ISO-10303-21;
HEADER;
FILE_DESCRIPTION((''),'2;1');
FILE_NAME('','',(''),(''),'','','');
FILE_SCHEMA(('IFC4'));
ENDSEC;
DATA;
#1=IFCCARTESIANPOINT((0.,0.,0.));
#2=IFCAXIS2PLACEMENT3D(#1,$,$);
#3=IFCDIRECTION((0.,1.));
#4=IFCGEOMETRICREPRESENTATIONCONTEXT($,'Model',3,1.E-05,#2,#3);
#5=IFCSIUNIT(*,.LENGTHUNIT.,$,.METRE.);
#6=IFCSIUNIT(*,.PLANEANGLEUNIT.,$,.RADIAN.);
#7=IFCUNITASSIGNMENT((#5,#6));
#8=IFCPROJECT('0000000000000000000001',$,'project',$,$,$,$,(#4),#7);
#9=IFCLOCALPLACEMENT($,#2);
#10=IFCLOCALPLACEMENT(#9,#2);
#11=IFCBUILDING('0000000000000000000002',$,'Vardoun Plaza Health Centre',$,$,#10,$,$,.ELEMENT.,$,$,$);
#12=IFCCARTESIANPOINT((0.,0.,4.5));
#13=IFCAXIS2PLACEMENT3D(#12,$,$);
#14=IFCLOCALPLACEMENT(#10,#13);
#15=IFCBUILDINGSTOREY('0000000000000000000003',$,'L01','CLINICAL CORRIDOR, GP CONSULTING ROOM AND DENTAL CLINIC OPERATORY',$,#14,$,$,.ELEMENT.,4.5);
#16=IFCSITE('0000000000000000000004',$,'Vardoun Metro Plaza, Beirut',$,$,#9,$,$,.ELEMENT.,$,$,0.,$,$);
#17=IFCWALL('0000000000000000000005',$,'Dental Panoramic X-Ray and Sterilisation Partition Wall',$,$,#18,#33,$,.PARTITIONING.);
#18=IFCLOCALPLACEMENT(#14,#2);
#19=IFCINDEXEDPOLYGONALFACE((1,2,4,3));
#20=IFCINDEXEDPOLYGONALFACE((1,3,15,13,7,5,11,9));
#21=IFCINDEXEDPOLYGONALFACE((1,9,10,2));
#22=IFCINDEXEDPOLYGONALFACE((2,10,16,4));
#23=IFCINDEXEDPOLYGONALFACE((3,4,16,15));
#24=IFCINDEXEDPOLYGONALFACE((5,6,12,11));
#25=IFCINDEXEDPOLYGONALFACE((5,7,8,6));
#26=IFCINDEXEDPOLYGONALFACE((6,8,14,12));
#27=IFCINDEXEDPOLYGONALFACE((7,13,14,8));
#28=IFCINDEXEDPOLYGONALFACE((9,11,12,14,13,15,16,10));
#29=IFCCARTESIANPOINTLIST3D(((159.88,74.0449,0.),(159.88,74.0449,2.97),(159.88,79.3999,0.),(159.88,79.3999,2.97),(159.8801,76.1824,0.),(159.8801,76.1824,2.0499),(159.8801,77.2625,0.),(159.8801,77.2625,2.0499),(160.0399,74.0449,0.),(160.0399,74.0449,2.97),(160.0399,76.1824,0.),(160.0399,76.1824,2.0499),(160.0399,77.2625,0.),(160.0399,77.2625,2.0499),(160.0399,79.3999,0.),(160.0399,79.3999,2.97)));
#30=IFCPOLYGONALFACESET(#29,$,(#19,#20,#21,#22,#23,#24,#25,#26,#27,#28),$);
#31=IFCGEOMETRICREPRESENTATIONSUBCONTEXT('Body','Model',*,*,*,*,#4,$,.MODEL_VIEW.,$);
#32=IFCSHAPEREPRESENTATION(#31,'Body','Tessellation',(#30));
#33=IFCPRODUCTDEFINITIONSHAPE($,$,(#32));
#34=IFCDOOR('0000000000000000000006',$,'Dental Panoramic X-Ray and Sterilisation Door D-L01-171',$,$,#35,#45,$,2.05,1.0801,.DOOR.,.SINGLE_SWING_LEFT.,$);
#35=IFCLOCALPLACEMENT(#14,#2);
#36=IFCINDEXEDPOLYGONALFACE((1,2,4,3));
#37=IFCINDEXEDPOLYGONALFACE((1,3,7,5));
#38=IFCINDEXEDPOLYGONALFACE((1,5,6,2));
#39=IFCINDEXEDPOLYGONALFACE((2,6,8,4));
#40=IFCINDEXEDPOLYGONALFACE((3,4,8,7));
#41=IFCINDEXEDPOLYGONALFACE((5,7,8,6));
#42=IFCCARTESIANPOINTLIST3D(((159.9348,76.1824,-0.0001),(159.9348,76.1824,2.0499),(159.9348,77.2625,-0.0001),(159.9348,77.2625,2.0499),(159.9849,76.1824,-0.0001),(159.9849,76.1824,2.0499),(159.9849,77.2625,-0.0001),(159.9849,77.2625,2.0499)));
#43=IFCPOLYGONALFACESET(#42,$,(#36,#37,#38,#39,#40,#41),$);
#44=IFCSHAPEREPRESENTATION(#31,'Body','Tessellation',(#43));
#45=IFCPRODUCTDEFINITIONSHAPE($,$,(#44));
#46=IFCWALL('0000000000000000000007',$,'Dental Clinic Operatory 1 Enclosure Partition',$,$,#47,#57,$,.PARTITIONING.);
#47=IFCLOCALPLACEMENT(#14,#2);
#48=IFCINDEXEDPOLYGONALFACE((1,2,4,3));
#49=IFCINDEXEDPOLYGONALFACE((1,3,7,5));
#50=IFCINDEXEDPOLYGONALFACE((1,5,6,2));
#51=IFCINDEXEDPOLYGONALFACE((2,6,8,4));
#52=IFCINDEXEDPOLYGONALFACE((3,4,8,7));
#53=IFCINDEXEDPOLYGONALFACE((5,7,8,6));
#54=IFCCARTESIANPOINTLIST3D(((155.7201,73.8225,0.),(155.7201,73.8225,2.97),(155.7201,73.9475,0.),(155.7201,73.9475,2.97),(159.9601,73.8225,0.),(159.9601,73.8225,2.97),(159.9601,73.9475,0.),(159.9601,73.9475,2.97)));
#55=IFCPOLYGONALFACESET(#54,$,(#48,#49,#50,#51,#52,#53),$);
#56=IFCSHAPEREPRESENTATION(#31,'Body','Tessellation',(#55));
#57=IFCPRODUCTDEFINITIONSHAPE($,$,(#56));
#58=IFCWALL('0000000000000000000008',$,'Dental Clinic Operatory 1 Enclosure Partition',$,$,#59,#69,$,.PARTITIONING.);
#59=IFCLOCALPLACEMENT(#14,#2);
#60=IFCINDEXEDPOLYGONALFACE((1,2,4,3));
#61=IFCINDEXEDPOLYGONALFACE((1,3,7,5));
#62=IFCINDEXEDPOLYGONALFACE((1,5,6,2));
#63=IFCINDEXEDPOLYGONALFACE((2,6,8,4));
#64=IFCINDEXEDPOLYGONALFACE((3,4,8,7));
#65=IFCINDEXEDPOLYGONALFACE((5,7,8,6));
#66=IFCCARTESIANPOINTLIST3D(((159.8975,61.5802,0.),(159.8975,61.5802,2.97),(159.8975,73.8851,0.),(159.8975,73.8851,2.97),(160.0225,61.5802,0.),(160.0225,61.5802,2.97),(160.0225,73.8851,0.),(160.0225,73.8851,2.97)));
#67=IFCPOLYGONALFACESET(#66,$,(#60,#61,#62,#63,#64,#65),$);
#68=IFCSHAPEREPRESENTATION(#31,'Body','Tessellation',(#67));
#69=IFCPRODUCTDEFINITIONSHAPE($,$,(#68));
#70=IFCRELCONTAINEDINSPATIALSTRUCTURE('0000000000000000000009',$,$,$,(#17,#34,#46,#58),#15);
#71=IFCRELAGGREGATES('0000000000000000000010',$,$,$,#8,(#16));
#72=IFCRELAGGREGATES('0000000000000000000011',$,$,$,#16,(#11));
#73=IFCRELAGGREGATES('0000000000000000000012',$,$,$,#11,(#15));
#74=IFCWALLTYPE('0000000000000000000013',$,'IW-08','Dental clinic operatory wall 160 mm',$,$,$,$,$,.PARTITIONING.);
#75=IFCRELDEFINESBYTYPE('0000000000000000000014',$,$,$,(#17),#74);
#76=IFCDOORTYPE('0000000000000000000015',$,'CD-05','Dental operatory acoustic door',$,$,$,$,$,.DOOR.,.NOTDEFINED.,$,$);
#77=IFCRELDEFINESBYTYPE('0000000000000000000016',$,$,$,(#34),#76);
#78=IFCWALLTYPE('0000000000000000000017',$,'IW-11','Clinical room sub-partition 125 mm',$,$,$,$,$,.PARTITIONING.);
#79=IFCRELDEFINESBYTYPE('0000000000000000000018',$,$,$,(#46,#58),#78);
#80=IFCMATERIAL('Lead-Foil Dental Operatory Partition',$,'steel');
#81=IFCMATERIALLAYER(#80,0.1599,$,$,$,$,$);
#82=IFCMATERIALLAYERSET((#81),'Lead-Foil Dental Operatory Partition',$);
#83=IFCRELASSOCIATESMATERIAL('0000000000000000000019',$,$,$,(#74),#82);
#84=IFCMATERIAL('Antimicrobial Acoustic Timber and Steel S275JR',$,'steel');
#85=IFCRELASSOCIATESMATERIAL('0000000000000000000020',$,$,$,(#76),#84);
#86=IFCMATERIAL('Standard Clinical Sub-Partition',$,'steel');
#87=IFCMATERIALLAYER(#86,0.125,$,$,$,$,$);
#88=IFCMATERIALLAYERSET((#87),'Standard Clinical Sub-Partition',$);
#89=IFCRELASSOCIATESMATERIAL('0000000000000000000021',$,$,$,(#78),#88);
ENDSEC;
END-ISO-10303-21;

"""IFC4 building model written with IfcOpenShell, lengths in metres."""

from ifc_helpers import new_model, si_unit, direction, frame, frame_2d, origin, place, context, subcontext, project, spatial, rectangle, extrude, material, layer, layer_set, type_object, element, fill, save


model = new_model("IFC4")

# Units and contexts
model_context = context("Model", 3, precision=1e-05, world=origin(), true_north=direction((0.0, 1.0)))
body_context = subcontext(model_context, "Body", "Model", "MODEL_VIEW")
ifc_project = project(units=[si_unit("LENGTHUNIT", "METRE"), si_unit("PLANEANGLEUNIT", "RADIAN")], contexts=[model_context])

# Site, building, storey
site_placement = place(None, origin())
site = spatial("IfcSite", under=ifc_project, at=site_placement, Name="Vardoun Metro Plaza, Beirut", CompositionType="ELEMENT", RefElevation=0.0)
building_placement = place(site_placement, origin())
building = spatial("IfcBuilding", under=site, at=building_placement, Name="Vardoun Plaza Health Centre", CompositionType="ELEMENT")
storey_placement = place(building_placement, frame((0.0, 0.0, 4.5)))
storey = spatial("IfcBuildingStorey", under=building, at=storey_placement, Name="L01", Description="CLINICAL CORRIDOR, GP CONSULTING ROOM AND DENTAL CLINIC OPERATORY", CompositionType="ELEMENT", Elevation=4.5)

# Wall, opening, door
ifc_material_1 = material(Name="Lead-Foil Dental Operatory Partition", Category="steel")
ifc_layer_1 = layer(ifc_material_1, 0.1599)
ifc_layer_set_1 = layer_set([ifc_layer_1], Name="Lead-Foil Dental Operatory Partition")
wall_type_1 = type_object("IfcWallType", Name="IW-08", Description="Dental clinic operatory wall 160 mm", PredefinedType="PARTITIONING", material=ifc_layer_set_1)
wall_1_placement = place(storey_placement, frame((159.96, 79.3999, 0.0), z_axis=(0.0, 0.0, 1.0), x_axis=(0.0, -1.0, 0.0)))
wall_1 = element("IfcWall", 1, at=wall_1_placement, inside=storey, type_object=wall_type_1, Name="Dental Panoramic X-Ray and Sterilisation Partition Wall", PredefinedType="PARTITIONING", context=body_context, shape_type="SweptSolid", body=[
    extrude(rectangle(XDim=5.355, YDim=0.1599, at=frame_2d((2.6775, 0.0))), origin(), (0.0, 0.0, 1.0), 2.97),
])
opening_1_placement = place(wall_1_placement, frame((2.1375, 0.0, 0.0)))
opening_1 = element("IfcOpeningElement", 2, at=opening_1_placement, cuts=wall_1, PredefinedType="OPENING", context=body_context, shape_type="SweptSolid", body=[
    extrude(rectangle(XDim=1.0801, YDim=2.05, at=frame_2d((0.54, 1.0249))), frame((0.0, 0.0801, 0.0), z_axis=(0.0, -1.0, 0.0), x_axis=(1.0, 0.0, 0.0)), (0.0, 0.0, 1.0), 0.1599),
])
ifc_material_2 = material(Name="Antimicrobial Acoustic Timber and Steel S275JR", Category="steel")
door_type = type_object("IfcDoorType", Name="CD-05", Description="Dental operatory acoustic door", OperationType="NOTDEFINED", PredefinedType="DOOR", material=ifc_material_2)
door_placement = place(opening_1_placement, origin())
door = element("IfcDoor", 3, at=door_placement, inside=storey, type_object=door_type, Name="Dental Panoramic X-Ray and Sterilisation Door D-L01-171", OperationType="SINGLE_SWING_LEFT", OverallHeight=2.05, OverallWidth=1.0801, PredefinedType="DOOR", context=body_context, shape_type="SweptSolid", body=[
    extrude(rectangle(XDim=1.0801, YDim=2.05, at=frame_2d((0.54, 1.0249))), frame((0.0, 0.0249, 0.0), z_axis=(0.0, -1.0, 0.0), x_axis=(1.0, 0.0, 0.0)), (0.0, 0.0, 1.0), 0.05),
])
fill(opening_1, door)

# Walls
ifc_material_3 = material(Name="Standard Clinical Sub-Partition", Category="steel")
ifc_layer_2 = layer(ifc_material_3, 0.125)
ifc_layer_set_2 = layer_set([ifc_layer_2], Name="Standard Clinical Sub-Partition")
wall_type_2 = type_object("IfcWallType", Name="IW-11", Description="Clinical room sub-partition 125 mm", PredefinedType="PARTITIONING", material=ifc_layer_set_2)
wall_2_placement = place(storey_placement, frame((155.72, 73.885, 0.0), z_axis=(0.0, 0.0, 1.0), x_axis=(1.0, 0.0, 0.0)))
element("IfcWall", 4, at=wall_2_placement, inside=storey, type_object=wall_type_2, Name="Dental Clinic Operatory 1 Enclosure Partition", PredefinedType="PARTITIONING", context=body_context, shape_type="SweptSolid", body=[
    extrude(rectangle(XDim=4.24, YDim=0.125, at=frame_2d((2.1201, 0.0))), origin(), (0.0, 0.0, 1.0), 2.97),
])
wall_3_placement = place(storey_placement, frame((159.96, 73.885, 0.0), z_axis=(0.0, 0.0, 1.0), x_axis=(0.0, -1.0, 0.0)))
element("IfcWall", 5, at=wall_3_placement, inside=storey, type_object=wall_type_2, Name="Dental Clinic Operatory 1 Enclosure Partition", PredefinedType="PARTITIONING", context=body_context, shape_type="SweptSolid", body=[
    extrude(rectangle(XDim=12.3049, YDim=0.125, at=frame_2d((6.1523, 0.0))), origin(), (0.0, 0.0, 1.0), 2.97),
])

save(model, "model.ifc")
